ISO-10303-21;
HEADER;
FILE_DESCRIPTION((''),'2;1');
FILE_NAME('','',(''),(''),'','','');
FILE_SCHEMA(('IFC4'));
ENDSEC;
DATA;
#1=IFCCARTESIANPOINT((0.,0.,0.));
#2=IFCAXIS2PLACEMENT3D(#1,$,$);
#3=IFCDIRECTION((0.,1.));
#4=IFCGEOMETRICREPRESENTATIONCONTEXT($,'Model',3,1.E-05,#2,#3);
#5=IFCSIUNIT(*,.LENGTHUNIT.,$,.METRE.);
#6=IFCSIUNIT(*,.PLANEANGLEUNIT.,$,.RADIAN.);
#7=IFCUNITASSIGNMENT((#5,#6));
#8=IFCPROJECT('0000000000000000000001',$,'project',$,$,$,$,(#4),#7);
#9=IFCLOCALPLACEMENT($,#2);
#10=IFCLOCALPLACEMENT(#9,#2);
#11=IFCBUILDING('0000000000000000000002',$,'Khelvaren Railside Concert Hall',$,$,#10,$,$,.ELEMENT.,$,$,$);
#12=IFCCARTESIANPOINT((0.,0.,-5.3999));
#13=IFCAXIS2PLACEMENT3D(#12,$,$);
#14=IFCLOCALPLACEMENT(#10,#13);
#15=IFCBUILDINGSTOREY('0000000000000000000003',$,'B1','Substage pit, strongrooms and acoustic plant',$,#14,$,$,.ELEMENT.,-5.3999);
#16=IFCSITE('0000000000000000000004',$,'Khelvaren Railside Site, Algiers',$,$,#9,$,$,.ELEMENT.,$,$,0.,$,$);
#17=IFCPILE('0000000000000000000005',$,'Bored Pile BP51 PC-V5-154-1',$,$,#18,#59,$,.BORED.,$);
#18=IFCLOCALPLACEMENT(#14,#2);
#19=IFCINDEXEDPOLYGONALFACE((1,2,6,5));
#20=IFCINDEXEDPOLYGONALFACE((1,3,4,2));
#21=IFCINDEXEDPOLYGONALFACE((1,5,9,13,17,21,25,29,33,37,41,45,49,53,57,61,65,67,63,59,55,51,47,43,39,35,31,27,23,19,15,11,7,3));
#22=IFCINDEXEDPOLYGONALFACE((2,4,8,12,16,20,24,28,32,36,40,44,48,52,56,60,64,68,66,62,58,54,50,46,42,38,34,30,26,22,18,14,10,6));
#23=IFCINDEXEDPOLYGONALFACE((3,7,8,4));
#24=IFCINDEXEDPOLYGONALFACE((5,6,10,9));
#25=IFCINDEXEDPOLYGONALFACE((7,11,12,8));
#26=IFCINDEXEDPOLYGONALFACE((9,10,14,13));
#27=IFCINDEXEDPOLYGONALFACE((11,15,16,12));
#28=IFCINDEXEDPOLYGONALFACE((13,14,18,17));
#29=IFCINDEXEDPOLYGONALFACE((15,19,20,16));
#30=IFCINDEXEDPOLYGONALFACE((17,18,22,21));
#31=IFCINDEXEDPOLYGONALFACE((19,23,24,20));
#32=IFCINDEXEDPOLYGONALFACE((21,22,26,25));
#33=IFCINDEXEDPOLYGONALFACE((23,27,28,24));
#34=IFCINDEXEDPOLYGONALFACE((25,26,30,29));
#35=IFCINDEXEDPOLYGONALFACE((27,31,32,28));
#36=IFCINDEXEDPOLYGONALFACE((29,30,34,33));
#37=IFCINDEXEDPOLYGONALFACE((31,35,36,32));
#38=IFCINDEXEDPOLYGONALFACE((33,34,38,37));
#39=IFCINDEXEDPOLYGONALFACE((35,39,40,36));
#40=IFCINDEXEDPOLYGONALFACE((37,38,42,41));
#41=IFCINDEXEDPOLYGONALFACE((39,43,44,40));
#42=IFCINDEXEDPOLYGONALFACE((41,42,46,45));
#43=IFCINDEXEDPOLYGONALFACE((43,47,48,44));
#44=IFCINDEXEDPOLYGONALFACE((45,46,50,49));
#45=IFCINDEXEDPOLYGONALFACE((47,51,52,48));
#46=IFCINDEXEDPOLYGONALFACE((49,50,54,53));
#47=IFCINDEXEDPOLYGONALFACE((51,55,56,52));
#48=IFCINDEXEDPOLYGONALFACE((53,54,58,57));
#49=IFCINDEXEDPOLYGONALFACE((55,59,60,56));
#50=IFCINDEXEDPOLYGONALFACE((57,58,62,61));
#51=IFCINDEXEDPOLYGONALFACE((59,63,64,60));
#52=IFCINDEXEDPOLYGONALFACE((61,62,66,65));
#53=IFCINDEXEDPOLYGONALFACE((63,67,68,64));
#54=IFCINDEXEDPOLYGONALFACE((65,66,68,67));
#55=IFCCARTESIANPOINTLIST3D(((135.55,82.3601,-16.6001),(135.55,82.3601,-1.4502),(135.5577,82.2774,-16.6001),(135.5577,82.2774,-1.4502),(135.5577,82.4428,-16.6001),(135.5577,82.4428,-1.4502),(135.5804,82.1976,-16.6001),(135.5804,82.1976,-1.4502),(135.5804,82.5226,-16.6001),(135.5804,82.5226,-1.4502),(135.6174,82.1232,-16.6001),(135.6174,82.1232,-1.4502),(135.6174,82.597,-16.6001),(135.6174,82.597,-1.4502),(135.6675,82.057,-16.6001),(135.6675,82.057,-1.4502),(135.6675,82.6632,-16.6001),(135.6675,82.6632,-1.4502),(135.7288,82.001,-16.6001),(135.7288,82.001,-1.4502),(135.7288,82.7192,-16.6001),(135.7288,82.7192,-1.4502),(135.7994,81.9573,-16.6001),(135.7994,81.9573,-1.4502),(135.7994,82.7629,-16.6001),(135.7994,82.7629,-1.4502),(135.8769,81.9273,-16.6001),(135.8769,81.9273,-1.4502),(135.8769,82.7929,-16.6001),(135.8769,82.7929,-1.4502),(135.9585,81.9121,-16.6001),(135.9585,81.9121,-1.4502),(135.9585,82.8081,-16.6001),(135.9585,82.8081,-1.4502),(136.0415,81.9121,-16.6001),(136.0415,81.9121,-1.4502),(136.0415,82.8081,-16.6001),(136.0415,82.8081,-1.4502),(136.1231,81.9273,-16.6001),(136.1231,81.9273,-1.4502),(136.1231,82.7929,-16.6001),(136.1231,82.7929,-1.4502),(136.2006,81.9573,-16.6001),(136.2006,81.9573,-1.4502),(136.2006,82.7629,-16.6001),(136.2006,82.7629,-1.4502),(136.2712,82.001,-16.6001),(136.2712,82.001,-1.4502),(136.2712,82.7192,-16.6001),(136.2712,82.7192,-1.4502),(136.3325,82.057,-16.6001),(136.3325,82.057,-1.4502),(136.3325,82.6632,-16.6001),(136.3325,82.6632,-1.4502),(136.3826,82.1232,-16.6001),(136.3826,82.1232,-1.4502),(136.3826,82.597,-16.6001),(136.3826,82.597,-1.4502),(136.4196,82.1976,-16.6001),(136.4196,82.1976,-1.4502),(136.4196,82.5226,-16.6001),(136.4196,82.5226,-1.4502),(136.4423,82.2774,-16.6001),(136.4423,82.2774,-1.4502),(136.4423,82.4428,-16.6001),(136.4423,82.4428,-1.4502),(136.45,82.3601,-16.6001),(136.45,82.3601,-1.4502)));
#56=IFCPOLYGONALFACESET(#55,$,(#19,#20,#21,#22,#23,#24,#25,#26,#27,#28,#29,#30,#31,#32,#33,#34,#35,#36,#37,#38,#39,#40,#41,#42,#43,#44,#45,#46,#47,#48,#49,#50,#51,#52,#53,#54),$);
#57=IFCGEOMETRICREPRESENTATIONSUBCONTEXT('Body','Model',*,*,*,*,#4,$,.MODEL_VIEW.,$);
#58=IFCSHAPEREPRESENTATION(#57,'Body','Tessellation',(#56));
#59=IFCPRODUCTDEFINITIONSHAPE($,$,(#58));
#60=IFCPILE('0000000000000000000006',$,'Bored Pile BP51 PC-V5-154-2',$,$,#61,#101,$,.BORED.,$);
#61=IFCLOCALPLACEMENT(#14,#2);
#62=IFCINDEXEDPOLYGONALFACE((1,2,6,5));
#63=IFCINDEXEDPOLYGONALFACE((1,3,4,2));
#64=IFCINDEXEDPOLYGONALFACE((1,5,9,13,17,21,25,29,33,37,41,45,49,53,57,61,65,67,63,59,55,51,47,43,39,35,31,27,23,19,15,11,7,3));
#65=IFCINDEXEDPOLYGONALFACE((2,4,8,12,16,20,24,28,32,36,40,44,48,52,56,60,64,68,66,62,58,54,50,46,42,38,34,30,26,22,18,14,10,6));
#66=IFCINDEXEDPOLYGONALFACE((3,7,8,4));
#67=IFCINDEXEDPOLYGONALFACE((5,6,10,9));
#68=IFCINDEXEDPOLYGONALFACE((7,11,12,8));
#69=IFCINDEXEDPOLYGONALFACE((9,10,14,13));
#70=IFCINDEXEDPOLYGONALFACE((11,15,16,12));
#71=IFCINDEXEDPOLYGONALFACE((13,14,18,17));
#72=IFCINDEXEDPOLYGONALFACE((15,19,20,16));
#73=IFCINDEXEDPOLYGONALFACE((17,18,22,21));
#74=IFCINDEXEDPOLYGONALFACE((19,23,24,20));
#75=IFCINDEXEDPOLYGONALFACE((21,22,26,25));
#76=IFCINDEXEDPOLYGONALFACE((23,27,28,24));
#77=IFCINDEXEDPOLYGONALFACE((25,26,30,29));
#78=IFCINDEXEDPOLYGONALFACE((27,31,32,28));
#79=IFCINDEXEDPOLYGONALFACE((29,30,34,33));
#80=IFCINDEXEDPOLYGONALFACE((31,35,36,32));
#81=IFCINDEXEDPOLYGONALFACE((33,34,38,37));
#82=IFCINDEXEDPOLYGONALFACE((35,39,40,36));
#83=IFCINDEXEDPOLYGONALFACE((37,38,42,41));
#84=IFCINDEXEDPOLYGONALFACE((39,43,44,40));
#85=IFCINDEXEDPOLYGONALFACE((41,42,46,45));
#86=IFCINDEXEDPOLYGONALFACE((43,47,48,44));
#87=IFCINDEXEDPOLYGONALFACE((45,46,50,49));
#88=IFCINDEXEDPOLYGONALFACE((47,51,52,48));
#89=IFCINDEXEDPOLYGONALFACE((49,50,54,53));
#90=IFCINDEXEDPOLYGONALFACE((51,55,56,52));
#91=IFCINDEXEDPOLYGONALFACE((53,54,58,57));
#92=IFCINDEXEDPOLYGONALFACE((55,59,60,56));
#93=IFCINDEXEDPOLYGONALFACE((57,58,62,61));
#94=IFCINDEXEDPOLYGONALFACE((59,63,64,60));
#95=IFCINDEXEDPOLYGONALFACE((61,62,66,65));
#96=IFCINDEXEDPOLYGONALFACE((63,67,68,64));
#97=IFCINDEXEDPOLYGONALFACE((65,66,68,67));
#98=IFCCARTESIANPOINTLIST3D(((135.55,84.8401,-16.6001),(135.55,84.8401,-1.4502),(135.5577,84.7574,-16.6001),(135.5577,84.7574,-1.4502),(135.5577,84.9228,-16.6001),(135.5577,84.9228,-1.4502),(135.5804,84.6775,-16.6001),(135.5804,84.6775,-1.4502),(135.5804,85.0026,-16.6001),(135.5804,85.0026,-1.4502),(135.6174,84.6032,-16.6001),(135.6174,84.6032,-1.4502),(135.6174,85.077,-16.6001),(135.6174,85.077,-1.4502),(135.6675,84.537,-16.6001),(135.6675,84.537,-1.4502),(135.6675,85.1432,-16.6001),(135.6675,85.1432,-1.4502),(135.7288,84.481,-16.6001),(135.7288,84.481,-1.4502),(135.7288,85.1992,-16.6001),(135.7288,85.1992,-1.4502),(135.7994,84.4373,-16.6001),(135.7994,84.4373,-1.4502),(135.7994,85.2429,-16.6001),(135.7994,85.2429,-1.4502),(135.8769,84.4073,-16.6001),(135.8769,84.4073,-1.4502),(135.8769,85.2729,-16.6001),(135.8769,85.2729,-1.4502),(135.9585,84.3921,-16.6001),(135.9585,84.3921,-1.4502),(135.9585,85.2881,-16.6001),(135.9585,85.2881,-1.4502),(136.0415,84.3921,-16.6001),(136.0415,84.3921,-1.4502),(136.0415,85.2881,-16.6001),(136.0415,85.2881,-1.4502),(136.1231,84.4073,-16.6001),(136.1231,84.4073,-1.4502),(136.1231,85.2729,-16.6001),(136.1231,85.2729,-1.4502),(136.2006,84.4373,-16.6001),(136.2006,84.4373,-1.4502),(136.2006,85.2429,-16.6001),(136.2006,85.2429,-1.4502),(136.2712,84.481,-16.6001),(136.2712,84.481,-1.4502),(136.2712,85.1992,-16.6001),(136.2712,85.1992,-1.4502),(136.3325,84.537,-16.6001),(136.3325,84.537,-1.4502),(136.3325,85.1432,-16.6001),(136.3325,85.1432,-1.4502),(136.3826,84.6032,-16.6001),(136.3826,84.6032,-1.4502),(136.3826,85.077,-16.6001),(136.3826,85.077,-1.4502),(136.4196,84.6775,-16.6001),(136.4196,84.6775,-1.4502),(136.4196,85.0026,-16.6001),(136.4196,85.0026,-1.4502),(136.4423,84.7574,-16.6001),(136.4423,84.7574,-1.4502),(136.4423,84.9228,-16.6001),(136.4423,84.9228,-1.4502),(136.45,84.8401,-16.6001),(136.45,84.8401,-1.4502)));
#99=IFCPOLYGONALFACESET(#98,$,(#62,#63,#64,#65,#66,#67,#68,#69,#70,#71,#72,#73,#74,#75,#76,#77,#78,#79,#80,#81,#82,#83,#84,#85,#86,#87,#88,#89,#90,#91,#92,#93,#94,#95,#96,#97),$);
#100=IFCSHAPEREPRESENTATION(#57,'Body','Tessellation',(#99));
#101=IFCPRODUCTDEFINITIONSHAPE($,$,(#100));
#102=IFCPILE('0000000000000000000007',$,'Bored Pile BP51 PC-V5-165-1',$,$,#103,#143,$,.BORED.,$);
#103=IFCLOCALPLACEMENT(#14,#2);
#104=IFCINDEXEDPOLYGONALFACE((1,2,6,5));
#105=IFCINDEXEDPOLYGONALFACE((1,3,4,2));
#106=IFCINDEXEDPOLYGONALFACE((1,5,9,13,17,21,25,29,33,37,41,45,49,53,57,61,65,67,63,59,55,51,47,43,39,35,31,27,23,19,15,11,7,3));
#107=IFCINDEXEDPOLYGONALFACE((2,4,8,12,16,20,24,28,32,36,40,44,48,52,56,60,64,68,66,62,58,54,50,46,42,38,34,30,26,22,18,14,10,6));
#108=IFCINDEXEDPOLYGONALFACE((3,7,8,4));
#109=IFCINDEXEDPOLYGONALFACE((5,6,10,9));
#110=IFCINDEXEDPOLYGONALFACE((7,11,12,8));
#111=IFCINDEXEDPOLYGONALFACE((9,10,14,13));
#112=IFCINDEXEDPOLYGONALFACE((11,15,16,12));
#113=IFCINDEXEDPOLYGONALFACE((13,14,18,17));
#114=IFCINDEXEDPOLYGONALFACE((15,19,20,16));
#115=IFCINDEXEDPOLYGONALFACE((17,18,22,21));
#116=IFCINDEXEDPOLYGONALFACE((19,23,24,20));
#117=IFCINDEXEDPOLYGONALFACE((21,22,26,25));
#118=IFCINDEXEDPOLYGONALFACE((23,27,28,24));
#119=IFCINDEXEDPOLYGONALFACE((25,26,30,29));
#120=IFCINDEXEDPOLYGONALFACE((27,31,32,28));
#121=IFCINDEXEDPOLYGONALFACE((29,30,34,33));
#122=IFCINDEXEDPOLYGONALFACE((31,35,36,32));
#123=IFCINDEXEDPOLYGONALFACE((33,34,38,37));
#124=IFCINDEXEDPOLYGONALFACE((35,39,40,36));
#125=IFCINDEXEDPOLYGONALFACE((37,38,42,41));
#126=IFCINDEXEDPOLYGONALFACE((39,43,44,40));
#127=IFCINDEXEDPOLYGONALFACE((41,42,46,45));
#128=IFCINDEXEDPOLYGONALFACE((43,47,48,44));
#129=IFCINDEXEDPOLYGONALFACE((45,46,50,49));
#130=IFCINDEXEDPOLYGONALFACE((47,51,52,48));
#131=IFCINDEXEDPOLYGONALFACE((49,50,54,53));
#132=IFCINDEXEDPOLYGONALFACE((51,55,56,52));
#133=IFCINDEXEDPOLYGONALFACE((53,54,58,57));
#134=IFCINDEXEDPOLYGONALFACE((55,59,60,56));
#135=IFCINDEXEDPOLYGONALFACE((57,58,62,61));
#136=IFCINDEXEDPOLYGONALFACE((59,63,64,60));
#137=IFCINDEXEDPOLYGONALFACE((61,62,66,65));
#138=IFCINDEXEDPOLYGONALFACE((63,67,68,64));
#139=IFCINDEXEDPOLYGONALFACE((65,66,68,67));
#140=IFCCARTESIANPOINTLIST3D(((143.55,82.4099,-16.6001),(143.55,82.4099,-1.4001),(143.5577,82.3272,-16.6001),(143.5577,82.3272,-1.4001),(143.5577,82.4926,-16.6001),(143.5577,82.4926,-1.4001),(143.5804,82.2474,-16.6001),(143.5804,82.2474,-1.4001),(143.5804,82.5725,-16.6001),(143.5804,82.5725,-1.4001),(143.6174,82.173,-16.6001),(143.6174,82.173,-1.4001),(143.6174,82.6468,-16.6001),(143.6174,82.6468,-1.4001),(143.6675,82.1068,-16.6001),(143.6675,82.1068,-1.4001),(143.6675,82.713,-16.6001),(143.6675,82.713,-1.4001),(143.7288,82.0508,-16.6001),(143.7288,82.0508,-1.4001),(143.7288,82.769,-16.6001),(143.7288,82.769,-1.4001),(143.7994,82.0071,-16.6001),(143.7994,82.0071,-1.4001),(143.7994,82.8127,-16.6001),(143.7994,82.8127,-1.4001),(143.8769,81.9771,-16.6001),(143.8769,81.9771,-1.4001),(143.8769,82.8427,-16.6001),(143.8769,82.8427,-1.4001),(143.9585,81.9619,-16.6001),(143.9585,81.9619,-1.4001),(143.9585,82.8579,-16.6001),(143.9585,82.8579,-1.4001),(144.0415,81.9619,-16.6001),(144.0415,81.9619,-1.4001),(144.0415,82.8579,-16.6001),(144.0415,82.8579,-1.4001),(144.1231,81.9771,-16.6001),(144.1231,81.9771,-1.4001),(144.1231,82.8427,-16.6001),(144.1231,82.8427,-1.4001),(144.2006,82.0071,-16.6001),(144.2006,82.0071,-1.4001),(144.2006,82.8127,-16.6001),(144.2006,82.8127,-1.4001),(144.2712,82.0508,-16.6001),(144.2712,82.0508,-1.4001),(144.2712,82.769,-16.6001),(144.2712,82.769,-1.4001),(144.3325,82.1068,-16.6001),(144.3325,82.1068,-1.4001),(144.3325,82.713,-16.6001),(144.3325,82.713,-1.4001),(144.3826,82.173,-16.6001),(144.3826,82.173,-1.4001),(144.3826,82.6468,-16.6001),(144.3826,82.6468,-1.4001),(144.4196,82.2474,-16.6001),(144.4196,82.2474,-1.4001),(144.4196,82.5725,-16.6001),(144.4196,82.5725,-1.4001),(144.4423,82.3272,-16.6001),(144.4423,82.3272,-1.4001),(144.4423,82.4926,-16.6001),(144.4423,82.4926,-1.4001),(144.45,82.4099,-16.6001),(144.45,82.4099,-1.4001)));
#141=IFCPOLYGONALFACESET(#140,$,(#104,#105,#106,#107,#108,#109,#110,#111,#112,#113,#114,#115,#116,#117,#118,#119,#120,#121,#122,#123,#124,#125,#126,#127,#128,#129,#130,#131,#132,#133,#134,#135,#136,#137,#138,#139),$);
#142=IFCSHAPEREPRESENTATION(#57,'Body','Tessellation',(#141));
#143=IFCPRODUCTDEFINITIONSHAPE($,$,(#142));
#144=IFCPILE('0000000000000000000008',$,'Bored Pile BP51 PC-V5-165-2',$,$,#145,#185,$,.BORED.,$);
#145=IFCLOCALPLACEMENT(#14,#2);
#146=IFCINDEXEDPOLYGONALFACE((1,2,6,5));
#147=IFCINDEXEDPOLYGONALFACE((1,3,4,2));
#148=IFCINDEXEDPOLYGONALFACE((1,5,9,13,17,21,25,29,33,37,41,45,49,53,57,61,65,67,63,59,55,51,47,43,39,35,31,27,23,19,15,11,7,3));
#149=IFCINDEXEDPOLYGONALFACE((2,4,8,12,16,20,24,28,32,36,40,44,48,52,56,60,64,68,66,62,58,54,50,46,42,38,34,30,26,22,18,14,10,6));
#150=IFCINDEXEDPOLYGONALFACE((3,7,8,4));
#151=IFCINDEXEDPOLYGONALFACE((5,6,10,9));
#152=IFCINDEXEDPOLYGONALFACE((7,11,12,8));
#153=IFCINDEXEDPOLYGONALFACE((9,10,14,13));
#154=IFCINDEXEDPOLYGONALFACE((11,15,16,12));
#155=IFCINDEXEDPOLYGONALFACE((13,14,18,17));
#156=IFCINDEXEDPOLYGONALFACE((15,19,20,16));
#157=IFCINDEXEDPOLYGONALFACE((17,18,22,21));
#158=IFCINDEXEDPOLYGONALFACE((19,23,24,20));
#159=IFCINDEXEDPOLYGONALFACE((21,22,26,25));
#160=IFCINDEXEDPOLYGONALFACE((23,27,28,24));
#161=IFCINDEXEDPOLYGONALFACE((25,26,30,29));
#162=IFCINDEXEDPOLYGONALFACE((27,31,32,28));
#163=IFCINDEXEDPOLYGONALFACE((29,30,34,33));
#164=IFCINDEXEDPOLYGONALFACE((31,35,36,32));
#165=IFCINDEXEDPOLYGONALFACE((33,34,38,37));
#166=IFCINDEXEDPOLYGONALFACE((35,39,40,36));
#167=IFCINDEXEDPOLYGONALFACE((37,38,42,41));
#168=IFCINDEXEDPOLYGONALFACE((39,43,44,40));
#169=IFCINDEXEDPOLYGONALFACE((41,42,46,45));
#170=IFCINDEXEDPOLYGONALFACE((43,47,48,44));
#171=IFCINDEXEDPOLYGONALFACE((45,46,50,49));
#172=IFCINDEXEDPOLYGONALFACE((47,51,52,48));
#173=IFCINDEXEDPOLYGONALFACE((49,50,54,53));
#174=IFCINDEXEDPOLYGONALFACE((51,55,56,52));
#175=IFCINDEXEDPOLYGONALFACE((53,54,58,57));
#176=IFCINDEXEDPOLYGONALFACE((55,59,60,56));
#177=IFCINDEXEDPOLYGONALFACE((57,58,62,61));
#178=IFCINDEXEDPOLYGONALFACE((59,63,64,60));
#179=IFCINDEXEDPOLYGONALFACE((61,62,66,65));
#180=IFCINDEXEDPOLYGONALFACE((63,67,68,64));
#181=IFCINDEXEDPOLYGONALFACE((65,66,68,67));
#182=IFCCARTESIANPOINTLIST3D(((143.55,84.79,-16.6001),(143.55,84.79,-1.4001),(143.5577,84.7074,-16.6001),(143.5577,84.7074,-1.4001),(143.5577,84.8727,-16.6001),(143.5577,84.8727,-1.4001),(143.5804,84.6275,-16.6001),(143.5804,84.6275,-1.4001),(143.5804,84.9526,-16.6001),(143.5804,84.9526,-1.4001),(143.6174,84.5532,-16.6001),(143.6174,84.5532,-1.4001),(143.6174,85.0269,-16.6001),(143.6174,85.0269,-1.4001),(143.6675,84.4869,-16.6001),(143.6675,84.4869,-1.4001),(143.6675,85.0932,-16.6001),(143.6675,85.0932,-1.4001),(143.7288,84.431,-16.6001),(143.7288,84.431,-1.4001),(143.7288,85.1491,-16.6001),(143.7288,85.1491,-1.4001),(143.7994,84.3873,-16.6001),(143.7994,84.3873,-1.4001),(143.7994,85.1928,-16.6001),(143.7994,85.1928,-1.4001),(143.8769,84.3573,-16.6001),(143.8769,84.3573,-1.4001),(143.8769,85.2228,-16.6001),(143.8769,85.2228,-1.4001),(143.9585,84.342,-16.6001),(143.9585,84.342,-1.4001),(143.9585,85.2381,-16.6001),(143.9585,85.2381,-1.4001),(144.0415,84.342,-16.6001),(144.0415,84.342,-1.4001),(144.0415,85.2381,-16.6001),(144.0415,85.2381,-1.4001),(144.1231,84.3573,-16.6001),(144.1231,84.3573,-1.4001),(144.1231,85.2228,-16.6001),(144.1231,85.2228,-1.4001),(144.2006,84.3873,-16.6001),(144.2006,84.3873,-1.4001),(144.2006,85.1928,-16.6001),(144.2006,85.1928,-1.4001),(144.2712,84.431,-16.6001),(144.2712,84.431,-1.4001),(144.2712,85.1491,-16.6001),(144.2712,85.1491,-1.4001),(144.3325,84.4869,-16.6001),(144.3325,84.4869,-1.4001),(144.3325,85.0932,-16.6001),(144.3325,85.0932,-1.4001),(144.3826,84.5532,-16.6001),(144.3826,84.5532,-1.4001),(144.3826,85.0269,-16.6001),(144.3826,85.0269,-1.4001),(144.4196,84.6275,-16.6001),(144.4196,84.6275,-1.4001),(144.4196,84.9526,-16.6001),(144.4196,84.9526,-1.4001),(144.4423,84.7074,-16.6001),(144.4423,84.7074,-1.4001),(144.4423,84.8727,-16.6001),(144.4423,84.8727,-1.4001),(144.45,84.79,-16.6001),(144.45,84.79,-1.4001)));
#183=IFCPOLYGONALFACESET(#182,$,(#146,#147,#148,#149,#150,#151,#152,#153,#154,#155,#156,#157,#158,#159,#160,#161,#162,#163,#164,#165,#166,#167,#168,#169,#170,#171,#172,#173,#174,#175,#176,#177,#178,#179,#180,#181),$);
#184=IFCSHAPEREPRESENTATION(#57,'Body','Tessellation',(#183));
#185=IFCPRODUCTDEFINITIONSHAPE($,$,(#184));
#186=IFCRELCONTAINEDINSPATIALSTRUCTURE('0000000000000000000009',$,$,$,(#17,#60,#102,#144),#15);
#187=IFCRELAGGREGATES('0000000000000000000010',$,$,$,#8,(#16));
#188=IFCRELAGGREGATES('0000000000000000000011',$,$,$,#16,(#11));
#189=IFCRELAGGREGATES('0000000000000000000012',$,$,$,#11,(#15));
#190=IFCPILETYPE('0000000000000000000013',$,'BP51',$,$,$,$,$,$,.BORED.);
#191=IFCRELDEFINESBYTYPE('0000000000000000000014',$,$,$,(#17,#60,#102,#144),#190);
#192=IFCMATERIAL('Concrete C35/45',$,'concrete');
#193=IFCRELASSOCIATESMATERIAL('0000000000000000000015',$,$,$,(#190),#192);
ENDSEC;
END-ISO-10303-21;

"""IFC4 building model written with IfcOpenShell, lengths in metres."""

from ifc_helpers import new_model, si_unit, direction, frame, origin, origin_2d, place, context, subcontext, project, spatial, circle, extrude, material, material_profile, profile_set, type_object, element, save


model = new_model("IFC4")

# Units and contexts
model_context = context("Model", 3, precision=1e-05, world=origin(), true_north=direction((0.0, 1.0)))
body_context = subcontext(model_context, "Body", "Model", "MODEL_VIEW")
ifc_project = project(units=[si_unit("LENGTHUNIT", "METRE"), si_unit("PLANEANGLEUNIT", "RADIAN")], contexts=[model_context])

# Site, building, storey
site_placement = place(None, origin())
site = spatial("IfcSite", under=ifc_project, at=site_placement, Name="Khelvaren Railside Site, Algiers", CompositionType="ELEMENT", RefElevation=0.0)
building_placement = place(site_placement, origin())
building = spatial("IfcBuilding", under=site, at=building_placement, Name="Khelvaren Railside Concert Hall", CompositionType="ELEMENT")
storey_placement = place(building_placement, frame((0.0, 0.0, -5.3999)))
storey = spatial("IfcBuildingStorey", under=building, at=storey_placement, Name="B1", Description="Substage pit, strongrooms and acoustic plant", CompositionType="ELEMENT", Elevation=-5.3999)

# Piles
ifc_material_1 = material(Name="Concrete C35/45", Category="concrete")
ifc_material_profile_1 = material_profile(ifc_material_1, circle(Radius=0.45, at=origin_2d()), Name="BP D900")
ifc_profile_set_1 = profile_set([ifc_material_profile_1], Name="Concrete C35/45")
pile_type_1 = type_object("IfcPileType", Name="BP51", PredefinedType="BORED", material=ifc_profile_set_1)
for number, where, z_axis, x_axis, name in (
    (1, (136.0, 82.3601, -1.4502), (0.0, 0.0, -1.0), (1.0, 0.0, 0.0), "Bored Pile BP51 PC-V5-154-1"),
    (2, (136.0, 84.8401, -1.4502), (0.0, 0.0, -1.0), (1.0, 0.0, 0.0), "Bored Pile BP51 PC-V5-154-2"),
):
    element("IfcPile", number, at=place(storey_placement, frame(where, z_axis=z_axis, x_axis=x_axis)), inside=storey, type_object=pile_type_1, Name=name, PredefinedType="BORED", context=body_context, shape_type="SweptSolid", body=[
        extrude(circle(Radius=0.45, at=origin_2d()), origin(), (0.0, 0.0, 1.0), 15.1499),
    ])
for number, where, z_axis, x_axis, name in (
    (3, (144.0, 82.4099, -1.4001), (0.0, 0.0, -1.0), (1.0, 0.0, 0.0), "Bored Pile BP51 PC-V5-165-1"),
    (4, (144.0, 84.79, -1.4001), (0.0, 0.0, -1.0), (1.0, 0.0, 0.0), "Bored Pile BP51 PC-V5-165-2"),
):
    element("IfcPile", number, at=place(storey_placement, frame(where, z_axis=z_axis, x_axis=x_axis)), inside=storey, type_object=pile_type_1, Name=name, PredefinedType="BORED", context=body_context, shape_type="SweptSolid", body=[
        extrude(circle(Radius=0.45, at=origin_2d()), origin(), (0.0, 0.0, 1.0), 15.2),
    ])

save(model, "model.ifc")
